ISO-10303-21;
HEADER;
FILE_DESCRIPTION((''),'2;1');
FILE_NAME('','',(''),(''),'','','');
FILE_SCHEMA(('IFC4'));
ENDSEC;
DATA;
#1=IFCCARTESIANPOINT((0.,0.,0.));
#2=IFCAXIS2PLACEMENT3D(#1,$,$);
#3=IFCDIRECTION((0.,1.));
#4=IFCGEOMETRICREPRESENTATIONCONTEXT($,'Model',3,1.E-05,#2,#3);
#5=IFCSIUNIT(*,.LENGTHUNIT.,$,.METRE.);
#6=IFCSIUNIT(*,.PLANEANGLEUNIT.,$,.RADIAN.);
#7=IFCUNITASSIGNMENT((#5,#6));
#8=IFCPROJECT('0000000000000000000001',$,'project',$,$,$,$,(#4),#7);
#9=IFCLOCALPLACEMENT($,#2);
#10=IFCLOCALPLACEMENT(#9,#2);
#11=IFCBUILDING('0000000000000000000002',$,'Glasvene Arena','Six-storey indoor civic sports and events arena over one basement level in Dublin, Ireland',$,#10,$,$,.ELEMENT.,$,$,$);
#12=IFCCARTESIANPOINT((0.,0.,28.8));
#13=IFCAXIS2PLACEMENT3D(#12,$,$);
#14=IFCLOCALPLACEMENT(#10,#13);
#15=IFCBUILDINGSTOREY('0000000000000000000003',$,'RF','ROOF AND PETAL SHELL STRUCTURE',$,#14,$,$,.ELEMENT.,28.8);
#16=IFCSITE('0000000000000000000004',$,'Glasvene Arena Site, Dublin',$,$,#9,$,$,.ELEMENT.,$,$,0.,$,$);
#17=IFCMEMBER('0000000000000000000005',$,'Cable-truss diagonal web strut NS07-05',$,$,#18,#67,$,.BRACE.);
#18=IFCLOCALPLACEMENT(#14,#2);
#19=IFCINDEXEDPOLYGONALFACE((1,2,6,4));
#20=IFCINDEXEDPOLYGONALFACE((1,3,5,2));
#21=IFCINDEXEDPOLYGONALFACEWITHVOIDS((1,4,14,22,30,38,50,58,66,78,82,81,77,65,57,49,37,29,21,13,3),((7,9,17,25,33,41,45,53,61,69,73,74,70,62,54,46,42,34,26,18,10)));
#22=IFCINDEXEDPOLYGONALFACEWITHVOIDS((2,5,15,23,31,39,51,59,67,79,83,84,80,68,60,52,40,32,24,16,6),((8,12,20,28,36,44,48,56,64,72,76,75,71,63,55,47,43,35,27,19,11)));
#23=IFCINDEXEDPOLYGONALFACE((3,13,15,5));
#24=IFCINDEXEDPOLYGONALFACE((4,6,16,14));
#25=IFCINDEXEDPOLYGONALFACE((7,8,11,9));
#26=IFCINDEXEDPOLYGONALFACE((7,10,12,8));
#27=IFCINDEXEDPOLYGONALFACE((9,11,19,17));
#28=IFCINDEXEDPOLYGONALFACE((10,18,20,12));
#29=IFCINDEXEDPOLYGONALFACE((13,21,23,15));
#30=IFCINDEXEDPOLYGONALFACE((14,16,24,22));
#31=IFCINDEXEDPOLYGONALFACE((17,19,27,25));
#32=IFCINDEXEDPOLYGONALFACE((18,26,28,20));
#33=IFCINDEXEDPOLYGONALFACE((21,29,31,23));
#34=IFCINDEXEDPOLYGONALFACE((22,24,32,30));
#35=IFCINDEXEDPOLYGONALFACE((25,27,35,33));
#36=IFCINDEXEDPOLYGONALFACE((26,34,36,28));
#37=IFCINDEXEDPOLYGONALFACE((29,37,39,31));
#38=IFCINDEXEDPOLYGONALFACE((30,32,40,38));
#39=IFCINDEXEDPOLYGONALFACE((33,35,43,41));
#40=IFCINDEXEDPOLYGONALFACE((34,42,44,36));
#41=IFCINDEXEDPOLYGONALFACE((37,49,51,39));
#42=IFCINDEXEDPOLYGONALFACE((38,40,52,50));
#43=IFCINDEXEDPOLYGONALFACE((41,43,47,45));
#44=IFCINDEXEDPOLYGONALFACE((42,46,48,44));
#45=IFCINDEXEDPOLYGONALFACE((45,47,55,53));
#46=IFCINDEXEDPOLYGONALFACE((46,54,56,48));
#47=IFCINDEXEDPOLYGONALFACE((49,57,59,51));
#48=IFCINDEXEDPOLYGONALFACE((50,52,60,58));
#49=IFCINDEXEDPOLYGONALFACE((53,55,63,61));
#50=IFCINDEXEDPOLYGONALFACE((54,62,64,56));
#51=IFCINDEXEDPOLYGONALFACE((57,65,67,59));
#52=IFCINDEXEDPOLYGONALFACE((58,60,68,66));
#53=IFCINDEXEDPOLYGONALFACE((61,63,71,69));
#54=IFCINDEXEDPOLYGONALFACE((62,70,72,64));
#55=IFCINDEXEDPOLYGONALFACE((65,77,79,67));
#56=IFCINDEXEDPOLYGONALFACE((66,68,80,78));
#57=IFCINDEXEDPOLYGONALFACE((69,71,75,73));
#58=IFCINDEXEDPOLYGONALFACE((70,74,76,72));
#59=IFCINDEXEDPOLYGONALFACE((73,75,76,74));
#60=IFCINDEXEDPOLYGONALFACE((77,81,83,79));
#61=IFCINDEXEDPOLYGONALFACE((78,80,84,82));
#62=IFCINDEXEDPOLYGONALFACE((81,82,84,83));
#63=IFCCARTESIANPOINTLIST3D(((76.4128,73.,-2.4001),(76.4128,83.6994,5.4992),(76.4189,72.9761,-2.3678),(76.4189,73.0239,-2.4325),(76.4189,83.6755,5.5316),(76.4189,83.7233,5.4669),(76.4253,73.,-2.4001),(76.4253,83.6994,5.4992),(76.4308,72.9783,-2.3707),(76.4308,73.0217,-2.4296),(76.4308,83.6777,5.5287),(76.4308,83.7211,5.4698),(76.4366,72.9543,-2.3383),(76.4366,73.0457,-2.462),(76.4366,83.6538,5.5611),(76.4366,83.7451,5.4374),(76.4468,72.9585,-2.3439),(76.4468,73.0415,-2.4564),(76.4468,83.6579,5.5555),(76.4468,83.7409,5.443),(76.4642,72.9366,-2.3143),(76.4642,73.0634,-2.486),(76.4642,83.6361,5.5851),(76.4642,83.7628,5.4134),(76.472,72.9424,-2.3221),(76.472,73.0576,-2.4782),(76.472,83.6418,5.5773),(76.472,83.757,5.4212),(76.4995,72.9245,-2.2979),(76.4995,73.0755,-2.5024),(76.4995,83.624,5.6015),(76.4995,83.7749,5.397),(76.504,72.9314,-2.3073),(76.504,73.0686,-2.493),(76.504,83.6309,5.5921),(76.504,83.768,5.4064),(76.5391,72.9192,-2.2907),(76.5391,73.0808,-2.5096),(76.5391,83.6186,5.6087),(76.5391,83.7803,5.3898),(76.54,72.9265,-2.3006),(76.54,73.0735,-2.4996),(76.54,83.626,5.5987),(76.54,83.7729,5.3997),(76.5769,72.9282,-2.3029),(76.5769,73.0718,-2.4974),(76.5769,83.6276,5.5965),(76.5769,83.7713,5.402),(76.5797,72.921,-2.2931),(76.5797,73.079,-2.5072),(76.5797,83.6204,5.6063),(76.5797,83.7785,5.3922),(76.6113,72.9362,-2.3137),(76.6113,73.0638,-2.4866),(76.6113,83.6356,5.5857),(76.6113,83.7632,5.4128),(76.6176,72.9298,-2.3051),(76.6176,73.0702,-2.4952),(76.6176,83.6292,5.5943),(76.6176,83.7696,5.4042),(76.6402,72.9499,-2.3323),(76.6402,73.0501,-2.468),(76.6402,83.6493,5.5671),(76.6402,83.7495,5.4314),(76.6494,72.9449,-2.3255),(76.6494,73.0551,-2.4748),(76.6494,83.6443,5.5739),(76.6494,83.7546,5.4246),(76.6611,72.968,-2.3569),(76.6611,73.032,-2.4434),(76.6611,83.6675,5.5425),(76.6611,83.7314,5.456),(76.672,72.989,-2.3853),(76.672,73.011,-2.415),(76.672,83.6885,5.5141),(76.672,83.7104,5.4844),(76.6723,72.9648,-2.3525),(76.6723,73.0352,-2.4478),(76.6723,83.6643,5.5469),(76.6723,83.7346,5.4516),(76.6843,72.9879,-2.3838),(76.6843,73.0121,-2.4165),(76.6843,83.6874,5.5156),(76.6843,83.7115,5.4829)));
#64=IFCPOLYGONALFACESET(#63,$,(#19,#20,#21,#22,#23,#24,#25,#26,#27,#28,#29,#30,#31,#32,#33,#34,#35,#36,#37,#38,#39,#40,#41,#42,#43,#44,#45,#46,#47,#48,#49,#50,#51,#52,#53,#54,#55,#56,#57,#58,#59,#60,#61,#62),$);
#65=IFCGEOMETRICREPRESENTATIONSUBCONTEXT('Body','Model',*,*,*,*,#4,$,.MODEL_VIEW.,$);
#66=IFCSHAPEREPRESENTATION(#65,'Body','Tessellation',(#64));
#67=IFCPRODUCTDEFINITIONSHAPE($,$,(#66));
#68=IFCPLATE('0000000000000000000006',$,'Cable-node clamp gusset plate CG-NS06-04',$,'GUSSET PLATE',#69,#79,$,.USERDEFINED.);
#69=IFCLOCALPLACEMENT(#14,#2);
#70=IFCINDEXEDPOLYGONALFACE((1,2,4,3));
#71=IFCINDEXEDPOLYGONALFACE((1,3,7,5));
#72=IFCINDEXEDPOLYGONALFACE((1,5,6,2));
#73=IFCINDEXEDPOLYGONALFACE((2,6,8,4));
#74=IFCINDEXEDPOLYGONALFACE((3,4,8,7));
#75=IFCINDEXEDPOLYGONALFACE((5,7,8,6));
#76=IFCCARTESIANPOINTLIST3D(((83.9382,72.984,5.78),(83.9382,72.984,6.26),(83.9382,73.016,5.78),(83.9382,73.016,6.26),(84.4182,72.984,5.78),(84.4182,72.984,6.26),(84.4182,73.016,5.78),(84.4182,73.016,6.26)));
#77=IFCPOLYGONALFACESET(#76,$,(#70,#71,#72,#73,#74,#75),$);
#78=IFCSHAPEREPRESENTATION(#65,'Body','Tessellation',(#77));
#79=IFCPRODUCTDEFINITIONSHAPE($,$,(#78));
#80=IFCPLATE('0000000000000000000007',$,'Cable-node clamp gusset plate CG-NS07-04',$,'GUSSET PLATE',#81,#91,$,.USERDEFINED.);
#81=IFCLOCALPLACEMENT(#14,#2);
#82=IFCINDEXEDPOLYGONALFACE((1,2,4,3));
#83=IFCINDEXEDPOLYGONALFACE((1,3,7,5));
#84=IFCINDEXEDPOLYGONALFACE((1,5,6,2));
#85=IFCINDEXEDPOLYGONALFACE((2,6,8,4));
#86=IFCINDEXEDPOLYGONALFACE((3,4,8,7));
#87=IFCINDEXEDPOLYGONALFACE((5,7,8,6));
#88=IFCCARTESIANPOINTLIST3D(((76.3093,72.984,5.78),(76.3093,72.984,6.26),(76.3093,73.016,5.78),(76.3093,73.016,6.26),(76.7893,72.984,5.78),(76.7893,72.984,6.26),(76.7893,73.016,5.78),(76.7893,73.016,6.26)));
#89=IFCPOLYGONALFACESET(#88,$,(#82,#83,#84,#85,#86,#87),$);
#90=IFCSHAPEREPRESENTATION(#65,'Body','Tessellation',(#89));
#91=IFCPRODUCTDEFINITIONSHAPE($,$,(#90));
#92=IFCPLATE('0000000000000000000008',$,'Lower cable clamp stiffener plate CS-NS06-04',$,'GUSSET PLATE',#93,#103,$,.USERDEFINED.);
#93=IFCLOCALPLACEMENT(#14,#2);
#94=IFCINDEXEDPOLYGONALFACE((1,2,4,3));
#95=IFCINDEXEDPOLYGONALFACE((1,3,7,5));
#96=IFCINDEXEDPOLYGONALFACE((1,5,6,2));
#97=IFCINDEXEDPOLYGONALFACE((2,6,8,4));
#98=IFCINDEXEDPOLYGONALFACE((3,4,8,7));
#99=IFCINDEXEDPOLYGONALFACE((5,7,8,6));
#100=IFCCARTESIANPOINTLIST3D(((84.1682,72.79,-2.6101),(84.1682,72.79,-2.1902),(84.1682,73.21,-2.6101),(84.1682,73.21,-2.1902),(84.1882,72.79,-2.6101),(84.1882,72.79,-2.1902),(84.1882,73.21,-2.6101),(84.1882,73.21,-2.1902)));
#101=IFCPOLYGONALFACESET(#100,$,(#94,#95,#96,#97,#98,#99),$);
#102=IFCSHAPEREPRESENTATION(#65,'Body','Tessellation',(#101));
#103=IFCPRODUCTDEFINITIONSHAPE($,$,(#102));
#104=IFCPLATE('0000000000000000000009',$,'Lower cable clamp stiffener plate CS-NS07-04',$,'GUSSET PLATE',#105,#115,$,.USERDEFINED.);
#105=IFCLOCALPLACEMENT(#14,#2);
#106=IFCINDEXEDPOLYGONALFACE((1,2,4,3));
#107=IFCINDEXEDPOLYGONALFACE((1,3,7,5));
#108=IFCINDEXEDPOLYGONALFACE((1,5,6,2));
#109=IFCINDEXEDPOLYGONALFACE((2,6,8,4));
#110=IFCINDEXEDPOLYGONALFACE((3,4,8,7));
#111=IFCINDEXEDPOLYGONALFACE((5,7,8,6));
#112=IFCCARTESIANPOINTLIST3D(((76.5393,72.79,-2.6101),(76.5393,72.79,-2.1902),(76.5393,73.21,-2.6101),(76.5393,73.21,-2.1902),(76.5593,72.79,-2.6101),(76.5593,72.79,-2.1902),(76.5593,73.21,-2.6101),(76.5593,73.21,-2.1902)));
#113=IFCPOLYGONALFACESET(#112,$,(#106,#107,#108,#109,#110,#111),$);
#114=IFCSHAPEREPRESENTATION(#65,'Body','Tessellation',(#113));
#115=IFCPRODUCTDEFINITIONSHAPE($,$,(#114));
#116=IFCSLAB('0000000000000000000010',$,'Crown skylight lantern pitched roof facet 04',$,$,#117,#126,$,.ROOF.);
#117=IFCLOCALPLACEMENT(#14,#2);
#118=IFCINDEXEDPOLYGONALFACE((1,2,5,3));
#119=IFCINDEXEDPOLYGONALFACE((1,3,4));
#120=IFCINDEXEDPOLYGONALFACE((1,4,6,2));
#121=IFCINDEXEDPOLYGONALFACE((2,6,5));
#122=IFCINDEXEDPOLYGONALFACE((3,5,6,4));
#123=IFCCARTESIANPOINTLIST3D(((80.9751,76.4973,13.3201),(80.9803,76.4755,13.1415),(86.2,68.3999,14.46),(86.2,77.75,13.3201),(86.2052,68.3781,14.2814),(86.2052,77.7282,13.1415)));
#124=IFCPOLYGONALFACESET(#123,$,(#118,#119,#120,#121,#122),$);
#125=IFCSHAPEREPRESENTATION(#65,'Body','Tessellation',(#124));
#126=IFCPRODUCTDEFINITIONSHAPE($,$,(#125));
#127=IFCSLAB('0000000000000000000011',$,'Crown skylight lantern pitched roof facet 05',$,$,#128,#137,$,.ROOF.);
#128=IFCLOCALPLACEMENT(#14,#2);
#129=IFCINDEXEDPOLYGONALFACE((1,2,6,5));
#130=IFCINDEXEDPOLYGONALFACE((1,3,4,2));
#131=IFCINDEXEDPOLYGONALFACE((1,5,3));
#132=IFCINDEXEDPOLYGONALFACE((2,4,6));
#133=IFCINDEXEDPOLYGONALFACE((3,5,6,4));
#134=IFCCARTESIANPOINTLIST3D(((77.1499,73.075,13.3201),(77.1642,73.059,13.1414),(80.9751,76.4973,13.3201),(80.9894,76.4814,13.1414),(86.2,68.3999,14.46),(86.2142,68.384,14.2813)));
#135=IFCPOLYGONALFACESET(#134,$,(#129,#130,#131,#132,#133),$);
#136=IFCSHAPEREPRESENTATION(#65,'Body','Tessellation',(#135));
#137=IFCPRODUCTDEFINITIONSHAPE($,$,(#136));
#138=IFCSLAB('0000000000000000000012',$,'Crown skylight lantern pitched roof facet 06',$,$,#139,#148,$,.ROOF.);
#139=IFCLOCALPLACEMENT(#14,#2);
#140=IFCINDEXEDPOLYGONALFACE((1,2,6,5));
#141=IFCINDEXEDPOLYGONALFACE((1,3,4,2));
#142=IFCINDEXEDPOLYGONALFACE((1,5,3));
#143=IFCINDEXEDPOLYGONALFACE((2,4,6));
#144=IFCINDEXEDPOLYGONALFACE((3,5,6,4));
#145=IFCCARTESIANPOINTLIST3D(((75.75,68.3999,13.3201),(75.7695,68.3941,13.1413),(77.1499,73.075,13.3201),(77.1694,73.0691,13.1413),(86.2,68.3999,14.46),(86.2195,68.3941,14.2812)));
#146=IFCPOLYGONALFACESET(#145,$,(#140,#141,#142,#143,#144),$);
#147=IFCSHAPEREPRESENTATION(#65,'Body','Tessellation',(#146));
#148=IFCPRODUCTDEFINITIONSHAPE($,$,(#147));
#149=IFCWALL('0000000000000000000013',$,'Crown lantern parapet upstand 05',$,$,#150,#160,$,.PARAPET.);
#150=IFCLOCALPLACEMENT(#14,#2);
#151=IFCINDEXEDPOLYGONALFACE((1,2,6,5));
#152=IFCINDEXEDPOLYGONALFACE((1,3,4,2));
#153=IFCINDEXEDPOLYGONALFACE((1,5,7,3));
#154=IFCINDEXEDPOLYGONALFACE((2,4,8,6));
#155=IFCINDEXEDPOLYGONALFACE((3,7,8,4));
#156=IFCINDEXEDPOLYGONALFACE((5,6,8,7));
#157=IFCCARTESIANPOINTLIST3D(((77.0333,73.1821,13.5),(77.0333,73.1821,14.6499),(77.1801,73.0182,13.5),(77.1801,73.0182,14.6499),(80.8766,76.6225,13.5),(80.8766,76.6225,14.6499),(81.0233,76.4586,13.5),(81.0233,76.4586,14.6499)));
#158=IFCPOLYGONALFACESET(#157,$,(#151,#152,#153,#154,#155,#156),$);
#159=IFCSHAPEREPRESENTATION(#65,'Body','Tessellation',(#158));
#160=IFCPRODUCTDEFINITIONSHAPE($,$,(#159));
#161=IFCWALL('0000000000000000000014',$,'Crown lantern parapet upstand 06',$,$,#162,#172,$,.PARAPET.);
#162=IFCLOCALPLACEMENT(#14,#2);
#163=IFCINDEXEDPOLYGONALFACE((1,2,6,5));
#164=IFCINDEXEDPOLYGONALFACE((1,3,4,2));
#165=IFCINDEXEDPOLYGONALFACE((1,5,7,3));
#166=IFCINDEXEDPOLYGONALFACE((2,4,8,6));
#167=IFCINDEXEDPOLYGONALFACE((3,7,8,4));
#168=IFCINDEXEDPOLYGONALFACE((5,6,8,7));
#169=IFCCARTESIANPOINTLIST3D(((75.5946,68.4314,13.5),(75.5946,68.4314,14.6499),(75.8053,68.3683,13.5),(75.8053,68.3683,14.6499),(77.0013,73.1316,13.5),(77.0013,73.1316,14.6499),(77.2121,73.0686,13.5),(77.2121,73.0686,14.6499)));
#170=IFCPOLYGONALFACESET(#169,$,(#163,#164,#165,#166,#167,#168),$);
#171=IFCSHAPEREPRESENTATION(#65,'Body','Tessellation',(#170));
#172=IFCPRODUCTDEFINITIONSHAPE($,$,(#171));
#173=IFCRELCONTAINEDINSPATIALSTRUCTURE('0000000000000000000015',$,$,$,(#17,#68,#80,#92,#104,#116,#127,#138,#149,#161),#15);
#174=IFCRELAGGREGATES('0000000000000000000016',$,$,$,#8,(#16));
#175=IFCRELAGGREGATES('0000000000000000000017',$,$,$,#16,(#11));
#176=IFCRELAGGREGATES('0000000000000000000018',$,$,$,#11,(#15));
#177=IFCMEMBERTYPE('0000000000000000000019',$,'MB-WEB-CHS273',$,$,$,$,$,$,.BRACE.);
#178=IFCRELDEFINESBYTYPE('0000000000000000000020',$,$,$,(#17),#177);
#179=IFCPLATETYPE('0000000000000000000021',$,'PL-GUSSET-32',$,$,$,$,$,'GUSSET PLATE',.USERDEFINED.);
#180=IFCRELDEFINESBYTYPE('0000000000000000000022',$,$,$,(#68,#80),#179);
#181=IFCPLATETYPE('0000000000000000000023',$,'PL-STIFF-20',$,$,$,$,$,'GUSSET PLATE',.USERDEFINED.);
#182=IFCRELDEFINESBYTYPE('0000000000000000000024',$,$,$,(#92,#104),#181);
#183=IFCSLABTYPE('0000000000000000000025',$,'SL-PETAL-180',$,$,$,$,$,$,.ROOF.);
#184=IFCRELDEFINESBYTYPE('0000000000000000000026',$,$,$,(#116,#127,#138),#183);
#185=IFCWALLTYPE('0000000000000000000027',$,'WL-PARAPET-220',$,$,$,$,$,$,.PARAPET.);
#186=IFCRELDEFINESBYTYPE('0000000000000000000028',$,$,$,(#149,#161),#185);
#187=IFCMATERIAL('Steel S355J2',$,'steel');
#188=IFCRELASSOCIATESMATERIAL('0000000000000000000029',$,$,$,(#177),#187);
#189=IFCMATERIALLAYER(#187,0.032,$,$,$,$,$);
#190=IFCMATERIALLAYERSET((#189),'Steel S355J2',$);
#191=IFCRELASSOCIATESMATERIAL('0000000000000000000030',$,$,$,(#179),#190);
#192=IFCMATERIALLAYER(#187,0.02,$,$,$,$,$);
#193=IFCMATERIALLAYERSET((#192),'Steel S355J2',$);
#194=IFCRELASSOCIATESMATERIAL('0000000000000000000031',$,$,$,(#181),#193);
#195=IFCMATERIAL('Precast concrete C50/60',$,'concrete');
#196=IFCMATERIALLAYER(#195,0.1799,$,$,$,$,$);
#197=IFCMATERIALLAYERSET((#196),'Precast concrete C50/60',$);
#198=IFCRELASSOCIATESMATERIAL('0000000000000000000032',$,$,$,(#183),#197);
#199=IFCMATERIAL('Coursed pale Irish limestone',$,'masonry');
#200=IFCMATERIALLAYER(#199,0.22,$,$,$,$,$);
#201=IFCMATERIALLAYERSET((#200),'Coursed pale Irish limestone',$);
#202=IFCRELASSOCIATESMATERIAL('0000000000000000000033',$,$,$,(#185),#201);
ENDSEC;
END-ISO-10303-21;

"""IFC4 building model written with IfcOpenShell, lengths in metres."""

from ifc_helpers import new_model, si_unit, direction, frame, frame_2d, origin, origin_2d, place, context, subcontext, project, spatial, polyline, rectangle, hollow_circle, outline, extrude, material, layer, layer_set, material_profile, profile_set, type_object, element, save


model = new_model("IFC4")

# Units and contexts
model_context = context("Model", 3, precision=1e-05, world=origin(), true_north=direction((0.0, 1.0)))
body_context = subcontext(model_context, "Body", "Model", "MODEL_VIEW")
ifc_project = project(units=[si_unit("LENGTHUNIT", "METRE"), si_unit("PLANEANGLEUNIT", "RADIAN")], contexts=[model_context])

# Site, building, storey
site_placement = place(None, origin())
site = spatial("IfcSite", under=ifc_project, at=site_placement, Name="Glasvene Arena Site, Dublin", CompositionType="ELEMENT", RefElevation=0.0)
building_placement = place(site_placement, origin())
building = spatial("IfcBuilding", under=site, at=building_placement, Name="Glasvene Arena", Description="Six-storey indoor civic sports and events arena over one basement level in Dublin, Ireland", CompositionType="ELEMENT")
storey_placement = place(building_placement, frame((0.0, 0.0, 28.8)))
storey = spatial("IfcBuildingStorey", under=building, at=storey_placement, Name="RF", Description="ROOF AND PETAL SHELL STRUCTURE", CompositionType="ELEMENT", Elevation=28.8)

# Shared definitions
ifc_material_1 = material(Name="Steel S355J2", Category="steel")

# Member
ifc_material_profile_1 = material_profile(ifc_material_1, hollow_circle(Radius=0.1365, WallThickness=0.0125, at=origin_2d()), Name="CHS 273.0x12.5")
ifc_profile_set_1 = profile_set([ifc_material_profile_1], Name="Steel S355J2")
member_type_1 = type_object("IfcMemberType", Name="MB-WEB-CHS273", PredefinedType="BRACE", material=ifc_profile_set_1)
member_1_placement = place(storey_placement, frame((76.5493, 73.0, -2.4001), z_axis=(0.0, 0.804495, 0.593959), x_axis=(-1.0, 0.0, 0.0)))
element("IfcMember", 1, at=member_1_placement, inside=storey, type_object=member_type_1, Name="Cable-truss diagonal web strut NS07-05", PredefinedType="BRACE", context=body_context, shape_type="SweptSolid", body=[
    extrude(hollow_circle(Radius=0.1365, WallThickness=0.0125, at=origin_2d()), origin(), (0.0, 0.0, 1.0), 13.2996),
])

# Plates
ifc_layer_1 = layer(ifc_material_1, 0.032)
ifc_layer_set_1 = layer_set([ifc_layer_1], Name="Steel S355J2")
plate_type_1 = type_object("IfcPlateType", Name="PL-GUSSET-32", ElementType="GUSSET PLATE", PredefinedType="USERDEFINED", material=ifc_layer_set_1)
for number, where, z_axis, x_axis, name in (
    (2, (84.1782, 73.0, 5.78), (0.0, 0.0, 1.0), (1.0, 0.0, 0.0), "Cable-node clamp gusset plate CG-NS06-04"),
    (3, (76.5493, 73.0, 5.78), (0.0, 0.0, 1.0), (1.0, 0.0, 0.0), "Cable-node clamp gusset plate CG-NS07-04"),
):
    element("IfcPlate", number, at=place(storey_placement, frame(where, z_axis=z_axis, x_axis=x_axis)), inside=storey, type_object=plate_type_1, Name=name, ObjectType="GUSSET PLATE", PredefinedType="USERDEFINED", context=body_context, shape_type="SweptSolid", body=[
        extrude(rectangle(XDim=0.48, YDim=0.032, at=origin_2d()), origin(), (0.0, 0.0, 1.0), 0.48),
    ])
ifc_layer_2 = layer(ifc_material_1, 0.02)
ifc_layer_set_2 = layer_set([ifc_layer_2], Name="Steel S355J2")
plate_type_2 = type_object("IfcPlateType", Name="PL-STIFF-20", ElementType="GUSSET PLATE", PredefinedType="USERDEFINED", material=ifc_layer_set_2)
for number, where, z_axis, x_axis, name in (
    (4, (84.1782, 73.0, -2.6101), (0.0, 0.0, 1.0), (1.0, 0.0, 0.0), "Lower cable clamp stiffener plate CS-NS06-04"),
    (5, (76.5493, 73.0, -2.6101), (0.0, 0.0, 1.0), (1.0, 0.0, 0.0), "Lower cable clamp stiffener plate CS-NS07-04"),
):
    element("IfcPlate", number, at=place(storey_placement, frame(where, z_axis=z_axis, x_axis=x_axis)), inside=storey, type_object=plate_type_2, Name=name, ObjectType="GUSSET PLATE", PredefinedType="USERDEFINED", context=body_context, shape_type="SweptSolid", body=[
        extrude(rectangle(XDim=0.02, YDim=0.4199, at=origin_2d()), origin(), (0.0, 0.0, 1.0), 0.4199),
    ])

# Slabs
ifc_material_2 = material(Name="Precast concrete C50/60", Category="concrete")
ifc_layer_3 = layer(ifc_material_2, 0.1799)
ifc_layer_set_3 = layer_set([ifc_layer_3], Name="Precast concrete C50/60")
slab_type = type_object("IfcSlabType", Name="SL-PETAL-180", PredefinedType="ROOF", material=ifc_layer_set_3)
slab_1_placement = place(storey_placement, frame((86.2, 77.75, 13.3201), z_axis=(-0.029002, 0.120965, 0.992233), x_axis=(-0.972441, -0.233148, 0.0)))
element("IfcSlab", 6, at=slab_1_placement, inside=storey, type_object=slab_type, Name="Crown skylight lantern pitched roof facet 04", PredefinedType="ROOF", context=body_context, shape_type="SweptSolid", body=[
    extrude(outline(polyline([(0.0, 0.0), (5.3729, 0.0), (2.18, 9.1636), (0.0, 0.0)])), origin(), (0.0, 0.0, -1.0), 0.1799),
])
slab_2_placement = place(storey_placement, frame((80.9751, 76.4973, 13.3201), z_axis=(-0.079284, 0.088616, 0.992905), x_axis=(-0.745259, -0.666775, 0.0)))
element("IfcSlab", 7, at=slab_2_placement, inside=storey, type_object=slab_type, Name="Crown skylight lantern pitched roof facet 05", PredefinedType="ROOF", context=body_context, shape_type="SweptSolid", body=[
    extrude(outline(polyline([(0.0, 0.0), (5.1327, 0.0), (1.5053, 9.5865), (0.0, 0.0)])), origin(), (0.0, 0.0, -1.0), 0.1799),
])
slab_3_placement = place(storey_placement, frame((77.1499, 73.075, 13.3201), z_axis=(-0.108381, 0.032454, 0.99358), x_axis=(-0.286857, -0.957973, 0.0)))
element("IfcSlab", 8, at=slab_3_placement, inside=storey, type_object=slab_type, Name="Crown skylight lantern pitched roof facet 06", PredefinedType="ROOF", context=body_context, shape_type="SweptSolid", body=[
    extrude(outline(polyline([(0.0, 0.0), (4.8801, 0.0), (1.8825, 10.0755), (0.0, 0.0)])), origin(), (0.0, 0.0, -1.0), 0.1799),
])

# Walls
ifc_material_3 = material(Name="Coursed pale Irish limestone", Category="masonry")
ifc_layer_4 = layer(ifc_material_3, 0.22)
ifc_layer_set_4 = layer_set([ifc_layer_4], Name="Coursed pale Irish limestone")
wall_type = type_object("IfcWallType", Name="WL-PARAPET-220", PredefinedType="PARAPET", material=ifc_layer_set_4)
wall_1_placement = place(storey_placement, frame((80.95, 76.5405, 13.5), z_axis=(0.0, 0.0, 1.0), x_axis=(-0.745075, -0.66698, 0.0)))
element("IfcWall", 9, at=wall_1_placement, inside=storey, type_object=wall_type, Name="Crown lantern parapet upstand 05", PredefinedType="PARAPET", context=body_context, shape_type="SweptSolid", body=[
    extrude(rectangle(XDim=5.1582, YDim=0.22, at=frame_2d((2.5791, 0.0))), origin(), (0.0, 0.0, 1.0), 1.1499),
])
wall_2_placement = place(storey_placement, frame((77.1067, 73.1001, 13.5), z_axis=(0.0, 0.0, 1.0), x_axis=(-0.286727, -0.958012, 0.0)))
element("IfcWall", 10, at=wall_2_placement, inside=storey, type_object=wall_type, Name="Crown lantern parapet upstand 06", PredefinedType="PARAPET", context=body_context, shape_type="SweptSolid", body=[
    extrude(rectangle(XDim=4.9062, YDim=0.22, at=frame_2d((2.4531, 0.0))), origin(), (0.0, 0.0, 1.0), 1.1499),
])

save(model, "model.ifc")
